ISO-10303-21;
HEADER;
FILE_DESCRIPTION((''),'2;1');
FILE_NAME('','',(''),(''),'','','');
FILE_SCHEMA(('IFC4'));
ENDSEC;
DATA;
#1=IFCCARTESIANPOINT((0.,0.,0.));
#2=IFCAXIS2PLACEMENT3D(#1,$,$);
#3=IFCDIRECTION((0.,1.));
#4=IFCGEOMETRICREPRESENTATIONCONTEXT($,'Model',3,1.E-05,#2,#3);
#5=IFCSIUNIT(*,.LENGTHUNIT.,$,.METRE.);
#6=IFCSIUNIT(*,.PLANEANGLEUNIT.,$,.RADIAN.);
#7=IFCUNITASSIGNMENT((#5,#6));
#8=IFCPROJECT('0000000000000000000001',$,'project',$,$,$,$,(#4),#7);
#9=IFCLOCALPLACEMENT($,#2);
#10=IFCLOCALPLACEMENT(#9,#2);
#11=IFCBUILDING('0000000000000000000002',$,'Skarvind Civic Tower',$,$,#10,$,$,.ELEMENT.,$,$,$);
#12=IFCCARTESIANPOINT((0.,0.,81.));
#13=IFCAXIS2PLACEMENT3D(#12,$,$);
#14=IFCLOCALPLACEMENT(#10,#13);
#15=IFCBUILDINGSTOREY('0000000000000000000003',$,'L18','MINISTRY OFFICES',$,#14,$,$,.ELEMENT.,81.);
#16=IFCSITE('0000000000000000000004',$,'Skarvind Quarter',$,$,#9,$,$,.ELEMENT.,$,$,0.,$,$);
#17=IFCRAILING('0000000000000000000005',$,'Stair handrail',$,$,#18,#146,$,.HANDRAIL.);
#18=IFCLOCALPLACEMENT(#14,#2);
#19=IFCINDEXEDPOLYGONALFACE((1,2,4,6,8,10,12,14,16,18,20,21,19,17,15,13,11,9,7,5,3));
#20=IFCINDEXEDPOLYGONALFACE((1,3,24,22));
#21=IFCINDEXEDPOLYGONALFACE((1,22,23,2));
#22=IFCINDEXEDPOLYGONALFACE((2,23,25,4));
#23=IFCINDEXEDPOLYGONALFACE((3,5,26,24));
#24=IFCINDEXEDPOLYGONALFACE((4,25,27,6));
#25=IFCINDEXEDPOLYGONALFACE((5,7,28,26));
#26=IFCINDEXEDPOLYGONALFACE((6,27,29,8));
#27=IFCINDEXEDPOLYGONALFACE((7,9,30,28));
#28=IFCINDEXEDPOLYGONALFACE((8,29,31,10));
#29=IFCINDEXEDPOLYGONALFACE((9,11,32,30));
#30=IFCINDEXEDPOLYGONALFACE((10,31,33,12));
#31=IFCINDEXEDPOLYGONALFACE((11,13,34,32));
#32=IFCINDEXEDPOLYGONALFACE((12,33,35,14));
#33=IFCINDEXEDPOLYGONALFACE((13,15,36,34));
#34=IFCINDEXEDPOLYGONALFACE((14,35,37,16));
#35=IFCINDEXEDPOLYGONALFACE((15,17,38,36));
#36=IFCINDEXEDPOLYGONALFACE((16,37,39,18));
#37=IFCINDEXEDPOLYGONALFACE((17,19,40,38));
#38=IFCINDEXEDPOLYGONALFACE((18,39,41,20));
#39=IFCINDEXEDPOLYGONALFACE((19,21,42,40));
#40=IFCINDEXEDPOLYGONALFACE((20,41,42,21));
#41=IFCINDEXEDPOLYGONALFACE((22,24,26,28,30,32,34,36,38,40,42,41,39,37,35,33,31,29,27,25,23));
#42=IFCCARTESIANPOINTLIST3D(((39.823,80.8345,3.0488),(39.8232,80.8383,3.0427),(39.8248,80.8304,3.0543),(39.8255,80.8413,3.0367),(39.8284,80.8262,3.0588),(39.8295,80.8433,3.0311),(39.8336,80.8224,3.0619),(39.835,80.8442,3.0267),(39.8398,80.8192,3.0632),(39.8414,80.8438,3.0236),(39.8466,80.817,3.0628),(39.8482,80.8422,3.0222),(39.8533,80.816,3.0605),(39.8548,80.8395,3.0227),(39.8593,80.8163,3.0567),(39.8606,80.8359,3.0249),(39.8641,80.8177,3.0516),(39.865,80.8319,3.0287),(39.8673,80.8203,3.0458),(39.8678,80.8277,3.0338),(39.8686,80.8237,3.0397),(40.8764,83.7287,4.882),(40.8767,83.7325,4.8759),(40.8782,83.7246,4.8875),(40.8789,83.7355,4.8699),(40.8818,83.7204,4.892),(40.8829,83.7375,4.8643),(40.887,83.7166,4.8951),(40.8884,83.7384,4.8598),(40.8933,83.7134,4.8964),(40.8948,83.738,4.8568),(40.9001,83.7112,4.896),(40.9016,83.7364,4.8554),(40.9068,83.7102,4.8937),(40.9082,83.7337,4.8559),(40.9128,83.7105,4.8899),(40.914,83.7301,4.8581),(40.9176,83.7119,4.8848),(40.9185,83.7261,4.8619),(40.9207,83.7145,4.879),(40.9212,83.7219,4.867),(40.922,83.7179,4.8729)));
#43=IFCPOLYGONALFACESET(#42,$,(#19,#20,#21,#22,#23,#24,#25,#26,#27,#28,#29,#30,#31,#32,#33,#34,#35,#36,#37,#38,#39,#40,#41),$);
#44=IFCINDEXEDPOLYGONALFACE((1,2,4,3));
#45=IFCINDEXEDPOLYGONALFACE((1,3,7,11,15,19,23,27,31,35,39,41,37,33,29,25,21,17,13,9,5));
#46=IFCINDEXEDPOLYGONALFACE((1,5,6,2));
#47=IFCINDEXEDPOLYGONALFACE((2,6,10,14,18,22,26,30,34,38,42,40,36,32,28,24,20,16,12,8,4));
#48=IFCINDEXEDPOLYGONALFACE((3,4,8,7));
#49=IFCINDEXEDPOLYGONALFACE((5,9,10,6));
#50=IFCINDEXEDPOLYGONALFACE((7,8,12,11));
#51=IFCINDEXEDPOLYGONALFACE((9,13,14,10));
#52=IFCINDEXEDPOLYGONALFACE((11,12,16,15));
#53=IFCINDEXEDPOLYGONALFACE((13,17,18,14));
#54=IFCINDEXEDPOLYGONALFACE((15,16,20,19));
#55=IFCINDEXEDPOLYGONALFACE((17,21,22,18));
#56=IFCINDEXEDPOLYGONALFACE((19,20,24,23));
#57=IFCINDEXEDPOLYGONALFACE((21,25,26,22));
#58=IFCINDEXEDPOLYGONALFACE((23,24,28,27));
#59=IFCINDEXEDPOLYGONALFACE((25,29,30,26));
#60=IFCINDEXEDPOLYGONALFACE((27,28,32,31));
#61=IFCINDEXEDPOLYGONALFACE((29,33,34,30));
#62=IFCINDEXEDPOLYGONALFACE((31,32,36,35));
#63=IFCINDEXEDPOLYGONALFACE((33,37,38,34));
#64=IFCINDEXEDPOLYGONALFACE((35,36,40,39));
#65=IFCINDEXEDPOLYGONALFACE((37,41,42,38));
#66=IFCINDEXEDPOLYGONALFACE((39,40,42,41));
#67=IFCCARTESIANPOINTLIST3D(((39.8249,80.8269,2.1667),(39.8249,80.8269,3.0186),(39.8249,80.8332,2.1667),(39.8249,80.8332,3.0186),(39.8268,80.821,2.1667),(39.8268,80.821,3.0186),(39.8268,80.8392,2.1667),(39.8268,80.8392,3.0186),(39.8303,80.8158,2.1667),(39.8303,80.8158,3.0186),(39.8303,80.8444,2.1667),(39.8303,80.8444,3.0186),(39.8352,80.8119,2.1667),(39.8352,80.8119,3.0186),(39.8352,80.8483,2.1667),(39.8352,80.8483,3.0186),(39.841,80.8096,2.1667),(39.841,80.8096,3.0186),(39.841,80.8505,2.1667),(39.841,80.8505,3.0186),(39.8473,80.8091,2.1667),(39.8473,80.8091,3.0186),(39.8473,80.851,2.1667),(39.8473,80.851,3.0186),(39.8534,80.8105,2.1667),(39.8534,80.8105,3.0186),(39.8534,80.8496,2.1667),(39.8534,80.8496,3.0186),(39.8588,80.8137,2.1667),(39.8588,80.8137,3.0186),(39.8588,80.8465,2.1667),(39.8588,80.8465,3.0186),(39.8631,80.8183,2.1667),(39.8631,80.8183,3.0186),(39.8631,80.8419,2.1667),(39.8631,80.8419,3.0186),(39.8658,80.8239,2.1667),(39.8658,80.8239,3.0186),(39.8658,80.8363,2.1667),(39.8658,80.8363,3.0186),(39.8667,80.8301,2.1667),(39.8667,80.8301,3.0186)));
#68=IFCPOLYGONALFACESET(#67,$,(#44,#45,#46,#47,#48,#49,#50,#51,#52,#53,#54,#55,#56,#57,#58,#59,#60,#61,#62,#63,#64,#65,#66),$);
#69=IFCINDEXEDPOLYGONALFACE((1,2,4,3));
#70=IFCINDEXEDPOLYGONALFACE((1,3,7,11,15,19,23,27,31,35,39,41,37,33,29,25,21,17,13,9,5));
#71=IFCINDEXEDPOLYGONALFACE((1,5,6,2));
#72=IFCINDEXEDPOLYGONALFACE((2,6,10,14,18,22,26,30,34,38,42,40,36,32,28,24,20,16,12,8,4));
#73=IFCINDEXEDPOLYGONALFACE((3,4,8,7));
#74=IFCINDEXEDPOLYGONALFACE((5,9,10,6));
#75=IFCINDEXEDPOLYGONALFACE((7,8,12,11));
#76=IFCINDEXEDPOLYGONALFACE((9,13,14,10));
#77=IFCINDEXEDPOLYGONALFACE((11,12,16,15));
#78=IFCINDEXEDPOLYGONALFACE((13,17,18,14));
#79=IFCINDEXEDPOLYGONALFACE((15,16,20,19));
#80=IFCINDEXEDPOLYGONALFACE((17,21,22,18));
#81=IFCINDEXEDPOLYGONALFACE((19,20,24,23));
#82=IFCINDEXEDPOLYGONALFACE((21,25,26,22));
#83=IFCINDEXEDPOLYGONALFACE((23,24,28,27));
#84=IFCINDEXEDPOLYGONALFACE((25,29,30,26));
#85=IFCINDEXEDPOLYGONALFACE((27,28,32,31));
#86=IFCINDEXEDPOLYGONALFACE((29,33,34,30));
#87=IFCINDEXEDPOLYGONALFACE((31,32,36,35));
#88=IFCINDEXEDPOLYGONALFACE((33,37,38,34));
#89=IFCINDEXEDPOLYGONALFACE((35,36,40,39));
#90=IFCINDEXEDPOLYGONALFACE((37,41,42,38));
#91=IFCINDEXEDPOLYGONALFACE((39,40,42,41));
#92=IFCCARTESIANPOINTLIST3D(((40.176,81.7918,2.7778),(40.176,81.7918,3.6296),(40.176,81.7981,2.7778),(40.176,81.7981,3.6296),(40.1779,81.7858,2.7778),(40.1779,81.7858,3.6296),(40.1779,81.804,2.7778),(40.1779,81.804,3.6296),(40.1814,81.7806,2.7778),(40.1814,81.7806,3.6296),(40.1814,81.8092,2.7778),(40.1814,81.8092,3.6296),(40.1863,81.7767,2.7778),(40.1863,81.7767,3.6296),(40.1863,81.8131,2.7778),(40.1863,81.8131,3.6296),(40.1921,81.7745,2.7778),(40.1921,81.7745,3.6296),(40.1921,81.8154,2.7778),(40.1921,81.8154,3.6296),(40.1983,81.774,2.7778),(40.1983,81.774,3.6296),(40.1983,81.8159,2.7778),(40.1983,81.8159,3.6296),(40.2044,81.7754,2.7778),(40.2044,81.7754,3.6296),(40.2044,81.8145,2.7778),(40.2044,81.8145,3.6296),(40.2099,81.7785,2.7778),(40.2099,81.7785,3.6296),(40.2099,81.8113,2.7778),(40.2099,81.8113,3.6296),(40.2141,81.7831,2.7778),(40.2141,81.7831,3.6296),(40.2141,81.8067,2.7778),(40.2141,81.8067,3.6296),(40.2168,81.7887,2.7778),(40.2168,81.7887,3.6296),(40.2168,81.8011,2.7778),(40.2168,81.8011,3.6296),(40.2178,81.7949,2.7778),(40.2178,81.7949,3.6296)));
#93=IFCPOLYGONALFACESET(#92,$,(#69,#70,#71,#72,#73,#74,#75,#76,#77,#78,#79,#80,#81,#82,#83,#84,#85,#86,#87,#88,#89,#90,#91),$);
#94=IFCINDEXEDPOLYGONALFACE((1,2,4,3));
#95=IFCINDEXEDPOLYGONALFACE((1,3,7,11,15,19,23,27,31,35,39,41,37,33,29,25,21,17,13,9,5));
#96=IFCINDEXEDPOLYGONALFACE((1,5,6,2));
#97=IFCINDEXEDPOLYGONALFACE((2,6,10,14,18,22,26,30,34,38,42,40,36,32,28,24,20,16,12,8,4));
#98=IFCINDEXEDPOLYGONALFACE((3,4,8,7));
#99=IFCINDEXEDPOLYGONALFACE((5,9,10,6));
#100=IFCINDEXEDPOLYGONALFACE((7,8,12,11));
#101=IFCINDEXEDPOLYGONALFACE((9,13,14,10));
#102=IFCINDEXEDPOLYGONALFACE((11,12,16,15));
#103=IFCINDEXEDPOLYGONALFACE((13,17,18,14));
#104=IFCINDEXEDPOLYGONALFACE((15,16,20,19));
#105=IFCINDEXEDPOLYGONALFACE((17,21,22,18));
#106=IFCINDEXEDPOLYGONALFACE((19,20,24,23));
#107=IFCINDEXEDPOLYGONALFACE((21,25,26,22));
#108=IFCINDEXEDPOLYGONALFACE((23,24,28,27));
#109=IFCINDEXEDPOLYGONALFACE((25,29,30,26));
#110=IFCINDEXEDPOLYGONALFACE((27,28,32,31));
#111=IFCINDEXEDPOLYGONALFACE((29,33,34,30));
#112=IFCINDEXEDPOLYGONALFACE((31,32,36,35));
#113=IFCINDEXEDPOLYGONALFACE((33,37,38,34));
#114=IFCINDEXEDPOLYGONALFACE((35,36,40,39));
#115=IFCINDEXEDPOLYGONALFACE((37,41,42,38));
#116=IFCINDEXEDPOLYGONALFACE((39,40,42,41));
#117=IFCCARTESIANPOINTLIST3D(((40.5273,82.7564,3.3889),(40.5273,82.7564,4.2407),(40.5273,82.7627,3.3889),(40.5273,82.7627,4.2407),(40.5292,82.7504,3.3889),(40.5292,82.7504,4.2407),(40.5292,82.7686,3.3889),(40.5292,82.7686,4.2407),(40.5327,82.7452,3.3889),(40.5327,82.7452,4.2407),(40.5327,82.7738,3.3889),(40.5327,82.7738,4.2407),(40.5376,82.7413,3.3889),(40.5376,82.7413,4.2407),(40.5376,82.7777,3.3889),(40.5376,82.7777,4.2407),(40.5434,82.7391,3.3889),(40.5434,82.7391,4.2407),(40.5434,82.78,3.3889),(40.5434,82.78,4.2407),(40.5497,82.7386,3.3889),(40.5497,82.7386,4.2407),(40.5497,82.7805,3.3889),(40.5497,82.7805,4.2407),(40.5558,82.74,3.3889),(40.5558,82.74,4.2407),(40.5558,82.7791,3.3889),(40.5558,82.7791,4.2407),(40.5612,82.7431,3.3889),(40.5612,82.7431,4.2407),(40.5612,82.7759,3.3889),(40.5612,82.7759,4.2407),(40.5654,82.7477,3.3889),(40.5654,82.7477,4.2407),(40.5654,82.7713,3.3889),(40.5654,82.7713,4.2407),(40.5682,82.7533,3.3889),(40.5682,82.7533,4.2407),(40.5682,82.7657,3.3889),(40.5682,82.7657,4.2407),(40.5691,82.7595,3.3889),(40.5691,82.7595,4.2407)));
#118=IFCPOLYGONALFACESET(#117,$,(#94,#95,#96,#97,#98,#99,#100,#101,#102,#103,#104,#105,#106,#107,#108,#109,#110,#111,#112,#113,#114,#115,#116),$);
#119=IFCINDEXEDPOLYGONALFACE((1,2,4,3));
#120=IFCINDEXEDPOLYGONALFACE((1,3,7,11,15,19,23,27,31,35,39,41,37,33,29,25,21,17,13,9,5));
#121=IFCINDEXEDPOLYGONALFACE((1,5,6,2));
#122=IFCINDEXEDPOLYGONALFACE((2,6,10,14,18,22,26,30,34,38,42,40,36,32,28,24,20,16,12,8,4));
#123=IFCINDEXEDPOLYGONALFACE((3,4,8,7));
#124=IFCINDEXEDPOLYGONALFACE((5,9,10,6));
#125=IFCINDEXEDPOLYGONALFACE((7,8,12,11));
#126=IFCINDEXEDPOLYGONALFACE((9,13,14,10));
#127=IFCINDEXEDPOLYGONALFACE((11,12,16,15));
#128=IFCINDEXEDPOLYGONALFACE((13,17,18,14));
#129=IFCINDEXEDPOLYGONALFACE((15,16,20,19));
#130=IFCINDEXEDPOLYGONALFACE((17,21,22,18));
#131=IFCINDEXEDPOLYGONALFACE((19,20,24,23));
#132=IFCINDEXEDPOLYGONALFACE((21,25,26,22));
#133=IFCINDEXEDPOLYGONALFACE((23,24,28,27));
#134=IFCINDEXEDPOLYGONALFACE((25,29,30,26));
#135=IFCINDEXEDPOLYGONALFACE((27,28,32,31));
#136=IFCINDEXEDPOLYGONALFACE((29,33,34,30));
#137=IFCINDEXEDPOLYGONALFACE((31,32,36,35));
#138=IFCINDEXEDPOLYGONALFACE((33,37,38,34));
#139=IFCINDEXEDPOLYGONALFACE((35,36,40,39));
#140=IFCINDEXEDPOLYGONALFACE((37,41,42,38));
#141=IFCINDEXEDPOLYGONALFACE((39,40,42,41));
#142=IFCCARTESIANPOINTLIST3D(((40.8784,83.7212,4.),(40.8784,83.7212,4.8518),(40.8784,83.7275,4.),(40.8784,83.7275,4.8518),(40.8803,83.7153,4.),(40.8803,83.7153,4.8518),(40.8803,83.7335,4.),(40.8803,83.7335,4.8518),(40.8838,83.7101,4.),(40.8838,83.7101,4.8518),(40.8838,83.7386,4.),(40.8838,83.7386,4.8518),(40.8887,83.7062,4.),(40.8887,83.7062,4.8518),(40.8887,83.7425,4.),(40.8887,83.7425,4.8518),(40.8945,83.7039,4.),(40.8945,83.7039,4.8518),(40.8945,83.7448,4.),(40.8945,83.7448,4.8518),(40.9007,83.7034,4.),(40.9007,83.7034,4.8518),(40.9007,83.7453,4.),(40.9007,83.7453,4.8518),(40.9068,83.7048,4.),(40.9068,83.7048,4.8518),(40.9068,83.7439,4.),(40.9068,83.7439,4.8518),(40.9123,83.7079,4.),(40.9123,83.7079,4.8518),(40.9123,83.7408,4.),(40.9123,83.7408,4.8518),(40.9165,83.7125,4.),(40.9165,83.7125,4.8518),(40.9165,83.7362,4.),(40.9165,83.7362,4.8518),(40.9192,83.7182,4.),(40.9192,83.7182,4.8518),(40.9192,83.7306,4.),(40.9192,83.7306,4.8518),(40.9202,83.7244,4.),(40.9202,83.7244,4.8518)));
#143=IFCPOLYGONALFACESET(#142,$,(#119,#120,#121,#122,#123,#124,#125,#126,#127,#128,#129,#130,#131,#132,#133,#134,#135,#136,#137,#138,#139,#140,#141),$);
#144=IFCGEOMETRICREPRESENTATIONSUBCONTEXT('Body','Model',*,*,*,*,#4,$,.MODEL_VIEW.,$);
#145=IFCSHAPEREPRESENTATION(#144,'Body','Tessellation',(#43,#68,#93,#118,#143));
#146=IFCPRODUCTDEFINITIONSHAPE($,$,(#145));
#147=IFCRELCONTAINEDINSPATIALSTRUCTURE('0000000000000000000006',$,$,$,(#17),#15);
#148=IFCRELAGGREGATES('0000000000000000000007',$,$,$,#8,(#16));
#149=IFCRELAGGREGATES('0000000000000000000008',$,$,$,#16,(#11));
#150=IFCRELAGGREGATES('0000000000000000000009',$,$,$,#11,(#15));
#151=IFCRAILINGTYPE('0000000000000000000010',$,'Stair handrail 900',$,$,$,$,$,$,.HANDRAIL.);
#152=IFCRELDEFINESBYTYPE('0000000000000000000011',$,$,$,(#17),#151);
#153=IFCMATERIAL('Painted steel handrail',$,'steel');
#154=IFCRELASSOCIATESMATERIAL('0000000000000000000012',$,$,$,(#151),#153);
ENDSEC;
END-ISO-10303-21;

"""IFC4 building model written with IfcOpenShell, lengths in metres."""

from ifc_helpers import new_model, si_unit, direction, frame, origin, origin_2d, place, context, subcontext, project, spatial, circle, extrude, material, type_object, element, save


model = new_model("IFC4")

# Units and contexts
model_context = context("Model", 3, precision=1e-05, world=origin(), true_north=direction((0.0, 1.0)))
body_context = subcontext(model_context, "Body", "Model", "MODEL_VIEW")
ifc_project = project(units=[si_unit("LENGTHUNIT", "METRE"), si_unit("PLANEANGLEUNIT", "RADIAN")], contexts=[model_context])

# Site, building, storey
site_placement = place(None, origin())
site = spatial("IfcSite", under=ifc_project, at=site_placement, Name="Skarvind Quarter", CompositionType="ELEMENT", RefElevation=0.0)
building_placement = place(site_placement, origin())
building = spatial("IfcBuilding", under=site, at=building_placement, Name="Skarvind Civic Tower", CompositionType="ELEMENT")
storey_placement = place(building_placement, frame((0.0, 0.0, 81.0)))
storey = spatial("IfcBuildingStorey", under=building, at=storey_placement, Name="L18", Description="MINISTRY OFFICES", CompositionType="ELEMENT", Elevation=81.0)

# Railing
ifc_material_1 = material(Name="Painted steel handrail", Category="steel")
railing_type = type_object("IfcRailingType", Name="Stair handrail 900", PredefinedType="HANDRAIL", material=ifc_material_1)
railing_1_placement = place(storey_placement, frame((39.8457, 80.8301, 2.1667)))
element("IfcRailing", 1, at=railing_1_placement, inside=storey, type_object=railing_type, Name="Stair handrail", PredefinedType="HANDRAIL", context=body_context, shape_type="SweptSolid", body=[
    extrude(circle(Radius=0.0239, at=origin_2d()), frame((0.0, 0.0, 0.876), z_axis=(0.293908, 0.807481, 0.511461), x_axis=(-0.939689, 0.342029, 0.0)), (0.0, 0.0, 1.0), 3.5842),
    extrude(circle(Radius=0.021, at=origin_2d()), origin(), (0.0, 0.0, 1.0), 0.8518),
    extrude(circle(Radius=0.021, at=origin_2d()), frame((0.3511, 0.9648, 0.6111)), (0.0, 0.0, 1.0), 0.8518),
    extrude(circle(Radius=0.021, at=origin_2d()), frame((0.7024, 1.9294, 1.2222)), (0.0, 0.0, 1.0), 0.8518),
    extrude(circle(Radius=0.021, at=origin_2d()), frame((1.0535, 2.8943, 1.8333)), (0.0, 0.0, 1.0), 0.8518),
])

save(model, "model.ifc")
